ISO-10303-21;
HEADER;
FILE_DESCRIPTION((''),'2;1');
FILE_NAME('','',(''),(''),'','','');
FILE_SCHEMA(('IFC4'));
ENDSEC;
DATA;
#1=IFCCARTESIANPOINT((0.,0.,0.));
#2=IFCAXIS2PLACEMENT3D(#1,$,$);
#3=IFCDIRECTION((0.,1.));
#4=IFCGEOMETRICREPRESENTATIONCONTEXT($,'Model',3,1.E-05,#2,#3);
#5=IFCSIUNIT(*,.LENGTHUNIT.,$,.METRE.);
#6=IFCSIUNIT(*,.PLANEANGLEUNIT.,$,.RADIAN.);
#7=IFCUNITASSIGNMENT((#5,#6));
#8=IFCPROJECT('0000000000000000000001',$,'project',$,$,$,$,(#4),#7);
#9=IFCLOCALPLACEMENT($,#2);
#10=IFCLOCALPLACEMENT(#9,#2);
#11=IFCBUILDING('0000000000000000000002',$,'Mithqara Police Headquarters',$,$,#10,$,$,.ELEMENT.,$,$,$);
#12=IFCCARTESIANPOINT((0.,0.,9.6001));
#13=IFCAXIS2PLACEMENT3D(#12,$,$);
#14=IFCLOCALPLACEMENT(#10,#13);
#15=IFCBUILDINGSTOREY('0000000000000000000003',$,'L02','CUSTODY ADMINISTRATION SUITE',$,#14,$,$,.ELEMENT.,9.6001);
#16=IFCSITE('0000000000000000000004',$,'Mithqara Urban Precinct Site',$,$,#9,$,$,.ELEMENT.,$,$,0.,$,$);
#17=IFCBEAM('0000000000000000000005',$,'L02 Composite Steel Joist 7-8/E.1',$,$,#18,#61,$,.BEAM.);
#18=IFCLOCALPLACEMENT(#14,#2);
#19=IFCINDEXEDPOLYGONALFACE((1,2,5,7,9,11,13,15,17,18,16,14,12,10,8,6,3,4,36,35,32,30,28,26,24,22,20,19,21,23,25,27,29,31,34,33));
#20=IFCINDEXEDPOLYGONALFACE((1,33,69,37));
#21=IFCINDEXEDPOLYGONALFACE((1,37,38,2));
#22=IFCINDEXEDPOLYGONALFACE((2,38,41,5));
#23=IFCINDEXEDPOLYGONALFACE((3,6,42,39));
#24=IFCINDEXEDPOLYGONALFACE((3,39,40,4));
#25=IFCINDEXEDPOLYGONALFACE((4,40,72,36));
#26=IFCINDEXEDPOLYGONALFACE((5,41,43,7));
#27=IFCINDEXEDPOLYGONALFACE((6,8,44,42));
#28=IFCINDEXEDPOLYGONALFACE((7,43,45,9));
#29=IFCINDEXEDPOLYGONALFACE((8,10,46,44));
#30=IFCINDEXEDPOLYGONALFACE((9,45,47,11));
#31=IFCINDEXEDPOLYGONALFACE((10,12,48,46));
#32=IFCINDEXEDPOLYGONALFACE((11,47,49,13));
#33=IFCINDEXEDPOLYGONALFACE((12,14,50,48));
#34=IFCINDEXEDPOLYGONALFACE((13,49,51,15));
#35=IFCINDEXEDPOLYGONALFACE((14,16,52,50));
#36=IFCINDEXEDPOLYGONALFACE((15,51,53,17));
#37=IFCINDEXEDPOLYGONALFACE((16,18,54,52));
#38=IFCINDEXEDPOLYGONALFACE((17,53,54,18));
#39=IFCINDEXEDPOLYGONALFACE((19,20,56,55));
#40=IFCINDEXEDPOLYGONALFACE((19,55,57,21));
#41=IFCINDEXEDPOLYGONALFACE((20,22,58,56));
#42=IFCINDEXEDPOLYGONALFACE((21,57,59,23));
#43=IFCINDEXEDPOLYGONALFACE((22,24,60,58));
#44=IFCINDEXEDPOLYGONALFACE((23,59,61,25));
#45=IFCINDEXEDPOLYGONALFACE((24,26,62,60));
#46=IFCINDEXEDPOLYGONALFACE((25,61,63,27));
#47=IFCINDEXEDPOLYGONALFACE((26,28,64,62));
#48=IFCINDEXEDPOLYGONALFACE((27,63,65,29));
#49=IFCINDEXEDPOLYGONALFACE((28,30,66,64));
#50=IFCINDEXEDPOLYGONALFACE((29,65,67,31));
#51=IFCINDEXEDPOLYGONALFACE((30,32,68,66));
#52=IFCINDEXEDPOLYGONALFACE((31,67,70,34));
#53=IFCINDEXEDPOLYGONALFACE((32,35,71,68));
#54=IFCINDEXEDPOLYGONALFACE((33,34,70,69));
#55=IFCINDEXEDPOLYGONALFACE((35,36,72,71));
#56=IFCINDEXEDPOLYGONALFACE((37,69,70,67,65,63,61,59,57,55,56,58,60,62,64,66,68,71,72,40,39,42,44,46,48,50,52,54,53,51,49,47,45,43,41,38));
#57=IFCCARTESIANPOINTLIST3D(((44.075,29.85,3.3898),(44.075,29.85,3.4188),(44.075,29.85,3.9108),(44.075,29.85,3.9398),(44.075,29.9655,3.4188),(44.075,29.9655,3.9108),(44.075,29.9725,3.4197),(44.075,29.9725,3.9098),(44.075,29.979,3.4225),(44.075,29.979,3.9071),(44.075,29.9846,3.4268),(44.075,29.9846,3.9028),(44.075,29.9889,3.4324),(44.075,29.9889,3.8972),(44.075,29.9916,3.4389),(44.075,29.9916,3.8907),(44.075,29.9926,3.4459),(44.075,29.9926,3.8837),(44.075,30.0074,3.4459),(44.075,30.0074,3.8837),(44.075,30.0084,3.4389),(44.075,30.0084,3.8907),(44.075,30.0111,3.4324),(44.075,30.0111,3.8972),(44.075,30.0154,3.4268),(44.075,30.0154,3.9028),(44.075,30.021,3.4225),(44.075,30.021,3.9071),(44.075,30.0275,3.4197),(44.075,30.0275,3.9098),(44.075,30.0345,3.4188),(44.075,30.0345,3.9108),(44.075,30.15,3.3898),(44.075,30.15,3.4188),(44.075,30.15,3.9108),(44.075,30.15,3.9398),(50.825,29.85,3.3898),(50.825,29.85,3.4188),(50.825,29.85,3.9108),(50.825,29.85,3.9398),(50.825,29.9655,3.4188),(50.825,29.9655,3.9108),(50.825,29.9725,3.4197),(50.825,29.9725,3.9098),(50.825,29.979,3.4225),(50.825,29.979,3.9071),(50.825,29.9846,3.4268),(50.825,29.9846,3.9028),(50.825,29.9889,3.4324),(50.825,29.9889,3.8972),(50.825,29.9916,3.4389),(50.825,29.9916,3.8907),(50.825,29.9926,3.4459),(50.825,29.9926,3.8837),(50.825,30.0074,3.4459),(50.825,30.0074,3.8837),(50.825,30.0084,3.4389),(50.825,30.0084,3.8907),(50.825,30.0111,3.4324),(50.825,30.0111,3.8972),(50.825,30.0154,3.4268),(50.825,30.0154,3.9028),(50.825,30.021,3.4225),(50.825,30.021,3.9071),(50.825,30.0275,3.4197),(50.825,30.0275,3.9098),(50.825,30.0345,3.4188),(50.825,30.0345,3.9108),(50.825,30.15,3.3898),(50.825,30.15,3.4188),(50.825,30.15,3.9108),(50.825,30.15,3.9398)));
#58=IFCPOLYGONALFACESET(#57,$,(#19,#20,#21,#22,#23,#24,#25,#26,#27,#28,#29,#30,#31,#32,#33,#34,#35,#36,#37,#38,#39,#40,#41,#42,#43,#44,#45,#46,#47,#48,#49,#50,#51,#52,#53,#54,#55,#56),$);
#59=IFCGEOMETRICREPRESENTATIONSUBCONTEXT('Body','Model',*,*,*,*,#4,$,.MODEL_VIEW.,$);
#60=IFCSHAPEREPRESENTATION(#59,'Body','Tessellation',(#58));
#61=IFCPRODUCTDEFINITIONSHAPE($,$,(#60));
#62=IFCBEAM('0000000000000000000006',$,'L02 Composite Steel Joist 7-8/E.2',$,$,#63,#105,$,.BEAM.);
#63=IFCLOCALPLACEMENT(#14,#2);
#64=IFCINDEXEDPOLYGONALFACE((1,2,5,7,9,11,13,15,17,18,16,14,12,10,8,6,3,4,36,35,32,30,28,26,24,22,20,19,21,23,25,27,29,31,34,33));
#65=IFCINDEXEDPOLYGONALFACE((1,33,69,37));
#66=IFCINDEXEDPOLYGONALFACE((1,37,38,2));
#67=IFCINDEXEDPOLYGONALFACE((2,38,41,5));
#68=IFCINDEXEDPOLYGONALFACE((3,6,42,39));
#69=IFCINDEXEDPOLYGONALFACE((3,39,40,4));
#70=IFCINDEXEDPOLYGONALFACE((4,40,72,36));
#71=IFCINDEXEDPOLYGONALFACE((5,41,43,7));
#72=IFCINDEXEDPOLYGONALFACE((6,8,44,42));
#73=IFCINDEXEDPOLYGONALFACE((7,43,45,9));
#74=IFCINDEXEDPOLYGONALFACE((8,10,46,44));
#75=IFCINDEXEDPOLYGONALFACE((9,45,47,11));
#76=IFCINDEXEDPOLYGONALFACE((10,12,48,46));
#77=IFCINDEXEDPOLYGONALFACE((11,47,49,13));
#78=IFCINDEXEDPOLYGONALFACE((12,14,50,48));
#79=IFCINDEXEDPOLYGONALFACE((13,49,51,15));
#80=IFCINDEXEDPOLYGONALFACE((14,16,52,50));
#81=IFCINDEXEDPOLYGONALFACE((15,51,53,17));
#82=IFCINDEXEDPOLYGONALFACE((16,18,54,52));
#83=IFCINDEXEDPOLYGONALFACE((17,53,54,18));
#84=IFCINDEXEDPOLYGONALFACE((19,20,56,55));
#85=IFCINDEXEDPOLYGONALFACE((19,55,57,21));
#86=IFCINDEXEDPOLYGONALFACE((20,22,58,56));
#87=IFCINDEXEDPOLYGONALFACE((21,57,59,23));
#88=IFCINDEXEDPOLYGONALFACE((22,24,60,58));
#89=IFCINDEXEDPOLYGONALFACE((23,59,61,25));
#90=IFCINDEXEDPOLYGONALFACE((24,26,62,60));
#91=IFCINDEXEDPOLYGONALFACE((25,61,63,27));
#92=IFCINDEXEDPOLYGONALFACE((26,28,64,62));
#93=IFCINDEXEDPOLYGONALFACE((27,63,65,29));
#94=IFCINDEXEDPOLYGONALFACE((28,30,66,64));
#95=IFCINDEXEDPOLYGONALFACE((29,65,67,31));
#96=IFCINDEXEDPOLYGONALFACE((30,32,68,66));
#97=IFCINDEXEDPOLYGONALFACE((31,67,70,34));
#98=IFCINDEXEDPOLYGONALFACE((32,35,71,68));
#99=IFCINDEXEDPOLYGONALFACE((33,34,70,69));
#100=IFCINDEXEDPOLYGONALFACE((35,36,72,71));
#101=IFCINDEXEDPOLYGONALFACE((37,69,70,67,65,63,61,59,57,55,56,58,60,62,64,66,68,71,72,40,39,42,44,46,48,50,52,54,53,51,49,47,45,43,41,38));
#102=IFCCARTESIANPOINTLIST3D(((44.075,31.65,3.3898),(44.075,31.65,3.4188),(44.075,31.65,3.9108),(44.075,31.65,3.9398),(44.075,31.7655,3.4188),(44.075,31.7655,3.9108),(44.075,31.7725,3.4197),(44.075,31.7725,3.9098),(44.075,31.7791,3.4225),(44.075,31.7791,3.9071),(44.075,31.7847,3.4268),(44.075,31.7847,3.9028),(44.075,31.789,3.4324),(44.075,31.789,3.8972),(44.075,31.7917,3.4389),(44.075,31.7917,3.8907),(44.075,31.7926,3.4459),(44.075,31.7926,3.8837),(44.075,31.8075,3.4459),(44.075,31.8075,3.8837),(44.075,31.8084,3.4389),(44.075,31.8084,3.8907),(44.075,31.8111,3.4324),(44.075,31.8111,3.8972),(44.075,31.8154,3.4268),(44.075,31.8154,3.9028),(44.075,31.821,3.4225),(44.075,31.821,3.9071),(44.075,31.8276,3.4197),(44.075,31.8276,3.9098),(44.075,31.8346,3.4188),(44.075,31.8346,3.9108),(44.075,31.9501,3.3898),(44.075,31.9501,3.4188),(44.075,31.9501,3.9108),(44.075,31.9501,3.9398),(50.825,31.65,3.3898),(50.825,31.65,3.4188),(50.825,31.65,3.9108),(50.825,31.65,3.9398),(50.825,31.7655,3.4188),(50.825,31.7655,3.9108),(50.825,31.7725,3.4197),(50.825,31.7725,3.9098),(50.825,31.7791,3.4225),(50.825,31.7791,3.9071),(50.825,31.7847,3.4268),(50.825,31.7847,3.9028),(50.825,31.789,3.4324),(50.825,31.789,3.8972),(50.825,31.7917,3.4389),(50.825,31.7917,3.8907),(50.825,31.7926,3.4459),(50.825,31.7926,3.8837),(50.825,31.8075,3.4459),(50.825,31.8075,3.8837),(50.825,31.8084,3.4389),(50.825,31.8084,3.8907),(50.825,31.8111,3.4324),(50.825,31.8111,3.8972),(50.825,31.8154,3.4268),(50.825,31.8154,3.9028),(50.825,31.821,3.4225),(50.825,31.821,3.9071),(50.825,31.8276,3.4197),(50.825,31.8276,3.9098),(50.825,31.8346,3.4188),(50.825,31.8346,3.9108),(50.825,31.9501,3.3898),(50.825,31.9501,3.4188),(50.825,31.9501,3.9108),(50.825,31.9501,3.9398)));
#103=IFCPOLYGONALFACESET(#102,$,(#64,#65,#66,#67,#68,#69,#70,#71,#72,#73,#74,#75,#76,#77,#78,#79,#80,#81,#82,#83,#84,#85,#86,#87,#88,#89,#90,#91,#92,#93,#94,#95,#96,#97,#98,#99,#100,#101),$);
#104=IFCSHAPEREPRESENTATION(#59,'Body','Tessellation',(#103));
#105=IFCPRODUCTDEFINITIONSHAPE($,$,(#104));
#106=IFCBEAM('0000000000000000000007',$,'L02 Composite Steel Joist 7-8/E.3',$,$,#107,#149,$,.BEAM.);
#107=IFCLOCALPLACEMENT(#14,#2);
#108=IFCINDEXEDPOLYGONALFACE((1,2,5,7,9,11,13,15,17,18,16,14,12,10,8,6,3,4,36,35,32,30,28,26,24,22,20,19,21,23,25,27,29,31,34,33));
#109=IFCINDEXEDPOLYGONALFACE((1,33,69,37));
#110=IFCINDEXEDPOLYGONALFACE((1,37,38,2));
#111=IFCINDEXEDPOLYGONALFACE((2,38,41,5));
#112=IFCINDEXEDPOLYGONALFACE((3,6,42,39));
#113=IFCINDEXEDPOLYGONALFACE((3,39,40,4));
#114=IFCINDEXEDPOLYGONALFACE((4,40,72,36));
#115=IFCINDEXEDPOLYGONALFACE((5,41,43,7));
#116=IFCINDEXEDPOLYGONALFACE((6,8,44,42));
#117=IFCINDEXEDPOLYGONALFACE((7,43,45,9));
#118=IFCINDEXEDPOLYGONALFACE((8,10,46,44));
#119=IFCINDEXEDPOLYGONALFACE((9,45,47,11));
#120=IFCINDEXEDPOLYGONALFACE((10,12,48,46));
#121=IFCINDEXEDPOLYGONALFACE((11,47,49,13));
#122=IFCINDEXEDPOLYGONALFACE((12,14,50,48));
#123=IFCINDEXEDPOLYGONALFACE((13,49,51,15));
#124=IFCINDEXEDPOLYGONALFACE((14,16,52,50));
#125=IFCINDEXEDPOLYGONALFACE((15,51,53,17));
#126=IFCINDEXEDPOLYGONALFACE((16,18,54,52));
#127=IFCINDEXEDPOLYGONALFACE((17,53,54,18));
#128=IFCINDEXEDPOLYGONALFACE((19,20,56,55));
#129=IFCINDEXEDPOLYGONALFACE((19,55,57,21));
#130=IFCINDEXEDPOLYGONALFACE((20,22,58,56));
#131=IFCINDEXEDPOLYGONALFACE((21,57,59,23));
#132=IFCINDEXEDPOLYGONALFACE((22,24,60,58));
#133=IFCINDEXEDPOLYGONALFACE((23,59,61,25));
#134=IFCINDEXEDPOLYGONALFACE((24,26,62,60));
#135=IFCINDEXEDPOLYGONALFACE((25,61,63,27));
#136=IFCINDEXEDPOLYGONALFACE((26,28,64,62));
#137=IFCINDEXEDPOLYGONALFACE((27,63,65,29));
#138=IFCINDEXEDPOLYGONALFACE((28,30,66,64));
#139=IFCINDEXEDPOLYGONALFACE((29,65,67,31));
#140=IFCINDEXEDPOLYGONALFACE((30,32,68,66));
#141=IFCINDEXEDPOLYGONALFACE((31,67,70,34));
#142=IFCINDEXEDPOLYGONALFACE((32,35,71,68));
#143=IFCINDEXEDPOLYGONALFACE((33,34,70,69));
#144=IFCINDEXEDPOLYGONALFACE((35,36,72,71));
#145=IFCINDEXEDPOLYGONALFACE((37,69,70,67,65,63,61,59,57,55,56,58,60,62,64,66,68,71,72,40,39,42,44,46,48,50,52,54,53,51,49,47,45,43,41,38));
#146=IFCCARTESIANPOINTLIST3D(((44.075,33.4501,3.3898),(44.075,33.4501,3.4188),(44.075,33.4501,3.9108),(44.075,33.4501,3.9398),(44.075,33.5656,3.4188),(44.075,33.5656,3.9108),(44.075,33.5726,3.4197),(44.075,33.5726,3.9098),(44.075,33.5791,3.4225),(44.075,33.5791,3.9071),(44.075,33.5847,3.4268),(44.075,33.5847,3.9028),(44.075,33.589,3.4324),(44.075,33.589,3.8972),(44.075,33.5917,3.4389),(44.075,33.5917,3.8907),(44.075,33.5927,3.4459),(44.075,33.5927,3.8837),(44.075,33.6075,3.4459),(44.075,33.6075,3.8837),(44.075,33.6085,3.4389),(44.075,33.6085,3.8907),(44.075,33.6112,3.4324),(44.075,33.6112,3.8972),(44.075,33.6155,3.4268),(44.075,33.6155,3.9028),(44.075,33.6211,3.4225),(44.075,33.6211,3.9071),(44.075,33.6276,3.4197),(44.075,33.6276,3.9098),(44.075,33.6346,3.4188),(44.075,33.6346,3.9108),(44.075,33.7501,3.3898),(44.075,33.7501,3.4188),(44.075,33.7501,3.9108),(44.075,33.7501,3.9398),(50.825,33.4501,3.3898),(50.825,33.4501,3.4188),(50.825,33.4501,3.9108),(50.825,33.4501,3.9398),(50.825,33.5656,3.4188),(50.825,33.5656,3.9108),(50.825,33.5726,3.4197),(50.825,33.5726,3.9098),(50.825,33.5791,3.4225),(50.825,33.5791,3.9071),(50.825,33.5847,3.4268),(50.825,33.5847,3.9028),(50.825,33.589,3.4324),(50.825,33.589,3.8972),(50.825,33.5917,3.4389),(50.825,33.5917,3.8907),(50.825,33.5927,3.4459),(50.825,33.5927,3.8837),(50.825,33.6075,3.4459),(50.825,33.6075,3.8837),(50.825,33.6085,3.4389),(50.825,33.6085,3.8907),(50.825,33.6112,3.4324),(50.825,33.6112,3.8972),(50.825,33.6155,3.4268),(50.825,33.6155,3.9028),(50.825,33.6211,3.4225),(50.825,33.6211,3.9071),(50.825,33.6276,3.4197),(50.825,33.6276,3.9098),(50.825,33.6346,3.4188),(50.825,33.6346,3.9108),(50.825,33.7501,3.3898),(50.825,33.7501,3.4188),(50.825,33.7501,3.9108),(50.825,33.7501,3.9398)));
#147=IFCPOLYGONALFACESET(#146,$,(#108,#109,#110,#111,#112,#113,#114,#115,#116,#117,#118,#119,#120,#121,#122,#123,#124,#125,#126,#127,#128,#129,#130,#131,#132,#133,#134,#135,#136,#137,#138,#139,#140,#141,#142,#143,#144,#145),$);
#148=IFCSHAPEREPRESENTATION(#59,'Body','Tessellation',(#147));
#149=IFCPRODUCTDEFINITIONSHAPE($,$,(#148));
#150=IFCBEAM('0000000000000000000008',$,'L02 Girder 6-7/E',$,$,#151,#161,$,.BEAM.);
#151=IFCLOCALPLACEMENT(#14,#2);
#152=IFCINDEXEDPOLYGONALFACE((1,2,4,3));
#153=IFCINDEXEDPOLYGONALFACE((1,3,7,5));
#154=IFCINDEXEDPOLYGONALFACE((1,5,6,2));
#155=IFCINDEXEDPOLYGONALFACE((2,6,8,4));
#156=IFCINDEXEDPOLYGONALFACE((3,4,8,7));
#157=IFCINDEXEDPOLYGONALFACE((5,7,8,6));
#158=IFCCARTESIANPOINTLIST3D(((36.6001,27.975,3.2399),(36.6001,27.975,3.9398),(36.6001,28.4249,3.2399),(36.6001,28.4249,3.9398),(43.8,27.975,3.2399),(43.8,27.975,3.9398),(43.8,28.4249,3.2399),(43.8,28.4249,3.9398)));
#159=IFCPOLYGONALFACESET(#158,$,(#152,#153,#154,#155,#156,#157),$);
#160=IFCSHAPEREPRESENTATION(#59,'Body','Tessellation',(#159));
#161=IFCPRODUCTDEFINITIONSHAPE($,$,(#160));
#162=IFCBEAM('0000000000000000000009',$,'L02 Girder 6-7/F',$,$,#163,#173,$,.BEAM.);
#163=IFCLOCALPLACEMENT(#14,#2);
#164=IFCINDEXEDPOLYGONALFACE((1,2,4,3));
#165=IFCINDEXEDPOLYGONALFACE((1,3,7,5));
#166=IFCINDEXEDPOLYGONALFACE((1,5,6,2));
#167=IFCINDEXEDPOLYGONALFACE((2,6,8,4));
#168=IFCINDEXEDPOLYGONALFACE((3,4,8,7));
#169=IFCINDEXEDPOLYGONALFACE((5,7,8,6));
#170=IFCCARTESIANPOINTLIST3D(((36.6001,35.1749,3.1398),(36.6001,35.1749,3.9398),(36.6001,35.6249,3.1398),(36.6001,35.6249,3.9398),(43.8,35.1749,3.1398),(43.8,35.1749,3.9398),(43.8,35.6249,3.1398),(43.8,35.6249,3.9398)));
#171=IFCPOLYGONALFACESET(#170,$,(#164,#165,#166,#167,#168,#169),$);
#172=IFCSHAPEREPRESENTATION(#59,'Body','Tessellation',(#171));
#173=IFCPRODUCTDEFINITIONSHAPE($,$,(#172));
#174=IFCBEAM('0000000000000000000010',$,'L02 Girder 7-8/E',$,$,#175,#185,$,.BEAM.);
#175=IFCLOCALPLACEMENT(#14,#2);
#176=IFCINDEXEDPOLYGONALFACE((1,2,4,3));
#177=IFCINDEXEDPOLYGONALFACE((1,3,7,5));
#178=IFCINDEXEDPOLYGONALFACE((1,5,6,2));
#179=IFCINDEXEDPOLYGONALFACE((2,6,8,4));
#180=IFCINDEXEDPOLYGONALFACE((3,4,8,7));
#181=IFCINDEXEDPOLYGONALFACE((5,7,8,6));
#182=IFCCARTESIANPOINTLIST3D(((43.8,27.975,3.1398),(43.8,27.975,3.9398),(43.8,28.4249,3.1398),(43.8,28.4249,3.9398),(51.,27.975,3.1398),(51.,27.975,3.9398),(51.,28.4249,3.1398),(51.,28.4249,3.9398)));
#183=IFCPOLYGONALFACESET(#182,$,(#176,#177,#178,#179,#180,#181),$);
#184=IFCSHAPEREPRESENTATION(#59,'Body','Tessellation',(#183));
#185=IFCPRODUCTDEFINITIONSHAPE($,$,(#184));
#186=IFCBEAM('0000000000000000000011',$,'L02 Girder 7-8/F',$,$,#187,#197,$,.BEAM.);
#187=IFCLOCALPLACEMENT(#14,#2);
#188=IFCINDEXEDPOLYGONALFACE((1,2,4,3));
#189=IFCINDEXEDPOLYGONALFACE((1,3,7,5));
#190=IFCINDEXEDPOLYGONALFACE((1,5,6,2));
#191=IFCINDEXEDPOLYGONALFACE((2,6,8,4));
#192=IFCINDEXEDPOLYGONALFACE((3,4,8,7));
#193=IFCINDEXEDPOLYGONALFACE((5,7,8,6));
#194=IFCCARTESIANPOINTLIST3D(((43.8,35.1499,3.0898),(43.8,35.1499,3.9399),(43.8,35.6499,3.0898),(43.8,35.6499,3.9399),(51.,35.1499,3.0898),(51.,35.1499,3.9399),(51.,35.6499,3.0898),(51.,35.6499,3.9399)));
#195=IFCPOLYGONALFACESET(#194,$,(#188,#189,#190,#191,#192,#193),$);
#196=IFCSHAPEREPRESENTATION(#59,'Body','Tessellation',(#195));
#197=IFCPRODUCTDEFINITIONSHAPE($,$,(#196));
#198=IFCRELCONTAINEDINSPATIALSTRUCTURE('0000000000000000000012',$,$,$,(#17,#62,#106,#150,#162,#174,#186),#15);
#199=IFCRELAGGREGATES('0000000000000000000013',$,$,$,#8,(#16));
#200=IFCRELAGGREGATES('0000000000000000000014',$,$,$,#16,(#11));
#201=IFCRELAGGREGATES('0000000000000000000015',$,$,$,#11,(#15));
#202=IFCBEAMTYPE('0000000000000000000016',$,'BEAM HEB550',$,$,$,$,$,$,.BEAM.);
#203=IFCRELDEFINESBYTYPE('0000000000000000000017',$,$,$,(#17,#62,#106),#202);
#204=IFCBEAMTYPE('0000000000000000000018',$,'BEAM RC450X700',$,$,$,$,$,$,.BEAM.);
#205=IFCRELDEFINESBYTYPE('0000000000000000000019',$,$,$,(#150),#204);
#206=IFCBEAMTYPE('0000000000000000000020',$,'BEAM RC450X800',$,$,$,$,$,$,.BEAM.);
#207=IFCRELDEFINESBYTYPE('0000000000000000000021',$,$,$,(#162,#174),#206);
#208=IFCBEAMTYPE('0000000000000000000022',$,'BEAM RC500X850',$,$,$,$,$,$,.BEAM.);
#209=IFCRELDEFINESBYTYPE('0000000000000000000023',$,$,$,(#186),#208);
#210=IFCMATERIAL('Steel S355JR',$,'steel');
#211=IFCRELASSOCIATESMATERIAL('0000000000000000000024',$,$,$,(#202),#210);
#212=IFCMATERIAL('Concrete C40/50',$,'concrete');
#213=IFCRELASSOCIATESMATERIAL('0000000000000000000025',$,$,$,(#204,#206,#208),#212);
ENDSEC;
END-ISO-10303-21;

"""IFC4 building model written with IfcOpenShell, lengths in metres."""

from ifc_helpers import new_model, si_unit, direction, frame, origin, origin_2d, place, context, subcontext, project, spatial, rectangle, i_section, extrude, material, material_profile, profile_set, type_object, element, save


model = new_model("IFC4")

# Units and contexts
model_context = context("Model", 3, precision=1e-05, world=origin(), true_north=direction((0.0, 1.0)))
body_context = subcontext(model_context, "Body", "Model", "MODEL_VIEW")
ifc_project = project(units=[si_unit("LENGTHUNIT", "METRE"), si_unit("PLANEANGLEUNIT", "RADIAN")], contexts=[model_context])

# Site, building, storey
site_placement = place(None, origin())
site = spatial("IfcSite", under=ifc_project, at=site_placement, Name="Mithqara Urban Precinct Site", CompositionType="ELEMENT", RefElevation=0.0)
building_placement = place(site_placement, origin())
building = spatial("IfcBuilding", under=site, at=building_placement, Name="Mithqara Police Headquarters", CompositionType="ELEMENT")
storey_placement = place(building_placement, frame((0.0, 0.0, 9.6001)))
storey = spatial("IfcBuildingStorey", under=building, at=storey_placement, Name="L02", Description="CUSTODY ADMINISTRATION SUITE", CompositionType="ELEMENT", Elevation=9.6001)

# Beams
ifc_material_1 = material(Name="Steel S355JR", Category="steel")
ifc_material_profile_1 = material_profile(ifc_material_1, i_section(OverallWidth=0.3, OverallDepth=0.55, WebThickness=0.0149, FlangeThickness=0.0291, FilletRadius=0.0271, at=origin_2d()), Name="HEB 550")
ifc_profile_set_1 = profile_set([ifc_material_profile_1], Name="Steel S355JR")
beam_type_1 = type_object("IfcBeamType", Name="BEAM HEB550", PredefinedType="BEAM", material=ifc_profile_set_1)
for number, where, z_axis, x_axis, name in (
    (1, (44.075, 30.0, 3.6648), (1.0, 0.0, 0.0), (0.0, 1.0, 0.0), "L02 Composite Steel Joist 7-8/E.1"),
    (2, (44.075, 31.8, 3.6648), (1.0, 0.0, 0.0), (0.0, 1.0, 0.0), "L02 Composite Steel Joist 7-8/E.2"),
    (3, (44.075, 33.6001, 3.6648), (1.0, 0.0, 0.0), (0.0, 1.0, 0.0), "L02 Composite Steel Joist 7-8/E.3"),
):
    element("IfcBeam", number, at=place(storey_placement, frame(where, z_axis=z_axis, x_axis=x_axis)), inside=storey, type_object=beam_type_1, Name=name, PredefinedType="BEAM", context=body_context, shape_type="SweptSolid", body=[
        extrude(i_section(OverallWidth=0.3, OverallDepth=0.55, WebThickness=0.0149, FlangeThickness=0.0291, FilletRadius=0.0271, at=origin_2d()), origin(), (0.0, 0.0, 1.0), 6.75),
    ])
ifc_material_2 = material(Name="Concrete C40/50", Category="concrete")
ifc_material_profile_2 = material_profile(ifc_material_2, rectangle(XDim=0.45, YDim=0.7, at=origin_2d()), Name="RC 450x700")
ifc_profile_set_2 = profile_set([ifc_material_profile_2], Name="Concrete C40/50")
beam_type_2 = type_object("IfcBeamType", Name="BEAM RC450X700", PredefinedType="BEAM", material=ifc_profile_set_2)
beam_1_placement = place(storey_placement, frame((36.6001, 28.2, 3.5898), z_axis=(1.0, 0.0, 0.0), x_axis=(0.0, 1.0, 0.0)))
element("IfcBeam", 4, at=beam_1_placement, inside=storey, type_object=beam_type_2, Name="L02 Girder 6-7/E", PredefinedType="BEAM", context=body_context, shape_type="SweptSolid", body=[
    extrude(rectangle(XDim=0.45, YDim=0.7, at=origin_2d()), origin(), (0.0, 0.0, 1.0), 7.2),
])
ifc_material_profile_3 = material_profile(ifc_material_2, rectangle(XDim=0.45, YDim=0.8, at=origin_2d()), Name="RC 450x800")
ifc_profile_set_3 = profile_set([ifc_material_profile_3], Name="Concrete C40/50")
beam_type_3 = type_object("IfcBeamType", Name="BEAM RC450X800", PredefinedType="BEAM", material=ifc_profile_set_3)
for number, where, z_axis, x_axis, name in (
    (5, (36.6001, 35.3999, 3.5398), (1.0, 0.0, 0.0), (0.0, 1.0, 0.0), "L02 Girder 6-7/F"),
    (6, (43.8, 28.2, 3.5398), (1.0, 0.0, 0.0), (0.0, 1.0, 0.0), "L02 Girder 7-8/E"),
):
    element("IfcBeam", number, at=place(storey_placement, frame(where, z_axis=z_axis, x_axis=x_axis)), inside=storey, type_object=beam_type_3, Name=name, PredefinedType="BEAM", context=body_context, shape_type="SweptSolid", body=[
        extrude(rectangle(XDim=0.45, YDim=0.8, at=origin_2d()), origin(), (0.0, 0.0, 1.0), 7.2),
    ])
ifc_material_profile_4 = material_profile(ifc_material_2, rectangle(XDim=0.5, YDim=0.8501, at=origin_2d()), Name="RC 500x850")
ifc_profile_set_4 = profile_set([ifc_material_profile_4], Name="Concrete C40/50")
beam_type_4 = type_object("IfcBeamType", Name="BEAM RC500X850", PredefinedType="BEAM", material=ifc_profile_set_4)
beam_2_placement = place(storey_placement, frame((43.8, 35.3999, 3.5149), z_axis=(1.0, 0.0, 0.0), x_axis=(0.0, 1.0, 0.0)))
element("IfcBeam", 7, at=beam_2_placement, inside=storey, type_object=beam_type_4, Name="L02 Girder 7-8/F", PredefinedType="BEAM", context=body_context, shape_type="SweptSolid", body=[
    extrude(rectangle(XDim=0.5, YDim=0.8501, at=origin_2d()), origin(), (0.0, 0.0, 1.0), 7.2),
])

save(model, "model.ifc")
